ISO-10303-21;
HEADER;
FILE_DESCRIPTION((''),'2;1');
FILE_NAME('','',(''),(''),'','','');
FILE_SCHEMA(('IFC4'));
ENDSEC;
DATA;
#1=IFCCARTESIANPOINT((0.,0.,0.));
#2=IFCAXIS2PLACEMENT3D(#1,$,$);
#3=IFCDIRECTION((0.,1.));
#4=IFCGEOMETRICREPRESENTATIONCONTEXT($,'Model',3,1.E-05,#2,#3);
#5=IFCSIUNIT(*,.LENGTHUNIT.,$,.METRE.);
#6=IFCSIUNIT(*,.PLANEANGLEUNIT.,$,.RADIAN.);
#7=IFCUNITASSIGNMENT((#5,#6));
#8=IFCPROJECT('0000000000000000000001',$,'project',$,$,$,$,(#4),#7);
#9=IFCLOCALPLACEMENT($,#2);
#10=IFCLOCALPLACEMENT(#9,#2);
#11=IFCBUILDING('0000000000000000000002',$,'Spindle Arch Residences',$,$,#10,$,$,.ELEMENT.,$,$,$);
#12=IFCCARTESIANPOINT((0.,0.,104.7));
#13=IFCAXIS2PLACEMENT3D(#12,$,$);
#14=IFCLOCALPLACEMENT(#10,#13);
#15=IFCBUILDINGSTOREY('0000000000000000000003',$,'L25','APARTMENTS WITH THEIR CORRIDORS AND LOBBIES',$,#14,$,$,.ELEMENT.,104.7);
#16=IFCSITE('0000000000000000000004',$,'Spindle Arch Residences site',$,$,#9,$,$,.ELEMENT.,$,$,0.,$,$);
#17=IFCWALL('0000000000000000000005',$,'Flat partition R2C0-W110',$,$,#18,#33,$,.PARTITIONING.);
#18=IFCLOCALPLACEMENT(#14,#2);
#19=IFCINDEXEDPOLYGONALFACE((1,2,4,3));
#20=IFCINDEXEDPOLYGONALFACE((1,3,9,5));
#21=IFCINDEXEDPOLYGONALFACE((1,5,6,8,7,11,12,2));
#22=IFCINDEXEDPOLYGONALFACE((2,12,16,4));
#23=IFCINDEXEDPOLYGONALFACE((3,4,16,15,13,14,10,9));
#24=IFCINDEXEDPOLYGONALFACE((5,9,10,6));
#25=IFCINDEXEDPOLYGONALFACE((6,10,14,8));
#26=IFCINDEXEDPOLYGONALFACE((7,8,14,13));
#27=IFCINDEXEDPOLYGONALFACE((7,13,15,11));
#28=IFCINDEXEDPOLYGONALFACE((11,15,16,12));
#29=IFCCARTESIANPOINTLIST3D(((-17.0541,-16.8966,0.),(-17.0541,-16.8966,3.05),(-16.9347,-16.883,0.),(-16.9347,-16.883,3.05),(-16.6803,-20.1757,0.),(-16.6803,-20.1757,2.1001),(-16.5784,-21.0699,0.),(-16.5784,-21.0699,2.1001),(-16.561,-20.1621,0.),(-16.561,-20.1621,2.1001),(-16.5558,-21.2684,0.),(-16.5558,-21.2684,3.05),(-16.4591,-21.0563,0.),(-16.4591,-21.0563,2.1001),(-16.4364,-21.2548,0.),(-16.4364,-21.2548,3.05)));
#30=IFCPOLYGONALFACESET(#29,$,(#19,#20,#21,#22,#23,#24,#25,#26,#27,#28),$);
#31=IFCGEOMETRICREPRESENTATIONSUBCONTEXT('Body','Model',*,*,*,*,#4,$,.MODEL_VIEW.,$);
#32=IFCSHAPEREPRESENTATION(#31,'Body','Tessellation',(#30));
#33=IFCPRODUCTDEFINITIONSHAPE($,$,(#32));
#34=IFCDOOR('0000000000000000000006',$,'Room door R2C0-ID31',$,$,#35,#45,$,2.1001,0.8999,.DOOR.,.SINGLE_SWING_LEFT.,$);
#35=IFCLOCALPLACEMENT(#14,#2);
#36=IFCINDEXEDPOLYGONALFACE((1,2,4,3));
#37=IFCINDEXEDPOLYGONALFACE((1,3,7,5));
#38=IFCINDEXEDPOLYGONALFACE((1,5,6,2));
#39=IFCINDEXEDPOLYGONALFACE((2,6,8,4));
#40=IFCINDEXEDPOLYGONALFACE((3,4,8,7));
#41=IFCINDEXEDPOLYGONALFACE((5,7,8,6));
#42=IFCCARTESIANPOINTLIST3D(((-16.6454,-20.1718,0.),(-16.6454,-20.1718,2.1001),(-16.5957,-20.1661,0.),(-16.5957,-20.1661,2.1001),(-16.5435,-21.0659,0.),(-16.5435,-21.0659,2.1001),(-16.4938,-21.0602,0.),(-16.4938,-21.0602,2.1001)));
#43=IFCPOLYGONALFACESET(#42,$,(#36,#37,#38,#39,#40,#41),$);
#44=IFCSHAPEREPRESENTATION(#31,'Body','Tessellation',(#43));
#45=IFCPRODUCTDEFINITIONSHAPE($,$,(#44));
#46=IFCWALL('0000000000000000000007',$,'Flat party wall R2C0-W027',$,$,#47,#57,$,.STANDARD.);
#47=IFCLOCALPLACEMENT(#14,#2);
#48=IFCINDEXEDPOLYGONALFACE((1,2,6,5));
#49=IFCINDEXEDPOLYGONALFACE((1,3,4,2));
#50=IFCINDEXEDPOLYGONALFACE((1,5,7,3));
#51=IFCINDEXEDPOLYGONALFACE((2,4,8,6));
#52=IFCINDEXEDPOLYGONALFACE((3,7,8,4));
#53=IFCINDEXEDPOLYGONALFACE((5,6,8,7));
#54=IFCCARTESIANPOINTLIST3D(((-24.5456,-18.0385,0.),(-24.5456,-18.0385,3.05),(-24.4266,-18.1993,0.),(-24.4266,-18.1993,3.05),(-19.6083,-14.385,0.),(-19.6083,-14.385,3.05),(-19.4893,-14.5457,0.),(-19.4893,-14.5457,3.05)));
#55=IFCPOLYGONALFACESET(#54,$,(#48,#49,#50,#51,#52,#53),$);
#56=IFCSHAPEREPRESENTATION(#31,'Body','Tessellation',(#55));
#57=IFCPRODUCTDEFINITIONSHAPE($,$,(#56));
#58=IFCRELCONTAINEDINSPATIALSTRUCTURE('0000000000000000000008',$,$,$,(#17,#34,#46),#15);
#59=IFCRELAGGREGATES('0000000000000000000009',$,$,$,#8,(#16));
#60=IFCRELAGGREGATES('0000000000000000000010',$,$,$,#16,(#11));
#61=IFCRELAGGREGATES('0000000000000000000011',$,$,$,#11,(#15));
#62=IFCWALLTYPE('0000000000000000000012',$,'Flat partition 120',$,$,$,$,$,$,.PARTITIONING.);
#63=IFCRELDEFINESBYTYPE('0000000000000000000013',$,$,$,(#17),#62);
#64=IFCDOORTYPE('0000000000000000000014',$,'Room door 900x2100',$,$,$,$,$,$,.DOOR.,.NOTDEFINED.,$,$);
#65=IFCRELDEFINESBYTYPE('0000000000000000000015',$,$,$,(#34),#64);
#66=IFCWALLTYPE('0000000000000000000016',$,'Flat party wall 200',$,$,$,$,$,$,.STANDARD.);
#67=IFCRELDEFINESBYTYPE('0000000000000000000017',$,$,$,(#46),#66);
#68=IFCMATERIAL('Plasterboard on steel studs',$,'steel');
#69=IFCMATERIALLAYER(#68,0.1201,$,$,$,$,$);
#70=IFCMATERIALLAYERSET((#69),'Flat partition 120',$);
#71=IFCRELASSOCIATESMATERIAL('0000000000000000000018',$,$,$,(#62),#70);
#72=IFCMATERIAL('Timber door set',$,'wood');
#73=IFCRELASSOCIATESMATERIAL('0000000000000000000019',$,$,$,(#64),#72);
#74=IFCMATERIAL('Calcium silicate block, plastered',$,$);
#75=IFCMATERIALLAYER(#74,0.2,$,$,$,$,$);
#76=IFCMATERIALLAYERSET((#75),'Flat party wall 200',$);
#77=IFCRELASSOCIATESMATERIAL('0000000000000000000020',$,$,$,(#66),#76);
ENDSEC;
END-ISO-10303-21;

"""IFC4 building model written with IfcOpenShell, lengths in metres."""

from ifc_helpers import new_model, si_unit, direction, frame, frame_2d, origin, place, context, subcontext, project, spatial, rectangle, extrude, material, layer, layer_set, type_object, element, fill, save


model = new_model("IFC4")

# Units and contexts
model_context = context("Model", 3, precision=1e-05, world=origin(), true_north=direction((0.0, 1.0)))
body_context = subcontext(model_context, "Body", "Model", "MODEL_VIEW")
ifc_project = project(units=[si_unit("LENGTHUNIT", "METRE"), si_unit("PLANEANGLEUNIT", "RADIAN")], contexts=[model_context])

# Site, building, storey
site_placement = place(None, origin())
site = spatial("IfcSite", under=ifc_project, at=site_placement, Name="Spindle Arch Residences site", CompositionType="ELEMENT", RefElevation=0.0)
building_placement = place(site_placement, origin())
building = spatial("IfcBuilding", under=site, at=building_placement, Name="Spindle Arch Residences", CompositionType="ELEMENT")
storey_placement = place(building_placement, frame((0.0, 0.0, 104.7)))
storey = spatial("IfcBuildingStorey", under=building, at=storey_placement, Name="L25", Description="APARTMENTS WITH THEIR CORRIDORS AND LOBBIES", CompositionType="ELEMENT", Elevation=104.7)

# Shared definitions
ifc_material_1 = material(Name="Plasterboard on steel studs", Category="steel")
ifc_layer_1 = layer(ifc_material_1, 0.1201)
ifc_layer_set_1 = layer_set([ifc_layer_1], Name="Flat partition 120")
wall_type_1 = type_object("IfcWallType", Name="Flat partition 120", PredefinedType="PARTITIONING", material=ifc_layer_set_1)

# Shared definitions
ifc_material_2 = material(Name="Timber door set", Category="wood")
door_type = type_object("IfcDoorType", Name="Room door 900x2100", OperationType="NOTDEFINED", PredefinedType="DOOR", material=ifc_material_2)

# Wall, opening, door
wall_1_placement = place(storey_placement, frame((-16.4961, -21.2617, 0.0), z_axis=(0.0, 0.0, 1.0), x_axis=(-0.113245, 0.993567, 0.0)))
wall_1 = element("IfcWall", 1, at=wall_1_placement, inside=storey, type_object=wall_type_1, Name="Flat partition R2C0-W110", PredefinedType="PARTITIONING", context=body_context, shape_type="SweptSolid", body=[
    extrude(rectangle(XDim=4.4001, YDim=0.1201, at=frame_2d((2.2002, 0.0))), origin(), (0.0, 0.0, 1.0), 3.05),
])
opening_1_placement = place(wall_1_placement, frame((0.2, 0.0, 0.0)))
opening_1 = element("IfcOpeningElement", 2, at=opening_1_placement, cuts=wall_1, PredefinedType="OPENING", context=body_context, shape_type="SweptSolid", body=[
    extrude(rectangle(XDim=0.8999, YDim=2.1001, at=frame_2d((0.45, 1.05))), frame((0.0, 0.0701, 0.0), z_axis=(0.0, -1.0, 0.0), x_axis=(1.0, 0.0, 0.0)), (0.0, 0.0, 1.0), 0.1401),
])
door_1_placement = place(opening_1_placement, origin())
door_1 = element("IfcDoor", 3, at=door_1_placement, inside=storey, type_object=door_type, Name="Room door R2C0-ID31", OperationType="SINGLE_SWING_LEFT", OverallHeight=2.1001, OverallWidth=0.8999, PredefinedType="DOOR", context=body_context, shape_type="SweptSolid", body=[
    extrude(rectangle(XDim=0.8999, YDim=2.1001, at=frame_2d((0.45, 1.05))), frame((0.0, 0.0249, 0.0), z_axis=(0.0, -1.0, 0.0), x_axis=(1.0, 0.0, 0.0)), (0.0, 0.0, 1.0), 0.05),
])
fill(opening_1, door_1)

# Wall
ifc_material_3 = material(Name="Calcium silicate block, plastered")
ifc_layer_2 = layer(ifc_material_3, 0.2)
ifc_layer_set_2 = layer_set([ifc_layer_2], Name="Flat party wall 200")
wall_type_2 = type_object("IfcWallType", Name="Flat party wall 200", PredefinedType="STANDARD", material=ifc_layer_set_2)
wall_2_placement = place(storey_placement, frame((-24.4861, -18.1189, 0.0), z_axis=(0.0, 0.0, 1.0), x_axis=(0.803842, 0.594842, 0.0)))
element("IfcWall", 4, at=wall_2_placement, inside=storey, type_object=wall_type_2, Name="Flat party wall R2C0-W027", PredefinedType="STANDARD", context=body_context, shape_type="SweptSolid", body=[
    extrude(rectangle(XDim=6.1421, YDim=0.2, at=frame_2d((3.071, 0.0))), origin(), (0.0, 0.0, 1.0), 3.05),
])

save(model, "model.ifc")
